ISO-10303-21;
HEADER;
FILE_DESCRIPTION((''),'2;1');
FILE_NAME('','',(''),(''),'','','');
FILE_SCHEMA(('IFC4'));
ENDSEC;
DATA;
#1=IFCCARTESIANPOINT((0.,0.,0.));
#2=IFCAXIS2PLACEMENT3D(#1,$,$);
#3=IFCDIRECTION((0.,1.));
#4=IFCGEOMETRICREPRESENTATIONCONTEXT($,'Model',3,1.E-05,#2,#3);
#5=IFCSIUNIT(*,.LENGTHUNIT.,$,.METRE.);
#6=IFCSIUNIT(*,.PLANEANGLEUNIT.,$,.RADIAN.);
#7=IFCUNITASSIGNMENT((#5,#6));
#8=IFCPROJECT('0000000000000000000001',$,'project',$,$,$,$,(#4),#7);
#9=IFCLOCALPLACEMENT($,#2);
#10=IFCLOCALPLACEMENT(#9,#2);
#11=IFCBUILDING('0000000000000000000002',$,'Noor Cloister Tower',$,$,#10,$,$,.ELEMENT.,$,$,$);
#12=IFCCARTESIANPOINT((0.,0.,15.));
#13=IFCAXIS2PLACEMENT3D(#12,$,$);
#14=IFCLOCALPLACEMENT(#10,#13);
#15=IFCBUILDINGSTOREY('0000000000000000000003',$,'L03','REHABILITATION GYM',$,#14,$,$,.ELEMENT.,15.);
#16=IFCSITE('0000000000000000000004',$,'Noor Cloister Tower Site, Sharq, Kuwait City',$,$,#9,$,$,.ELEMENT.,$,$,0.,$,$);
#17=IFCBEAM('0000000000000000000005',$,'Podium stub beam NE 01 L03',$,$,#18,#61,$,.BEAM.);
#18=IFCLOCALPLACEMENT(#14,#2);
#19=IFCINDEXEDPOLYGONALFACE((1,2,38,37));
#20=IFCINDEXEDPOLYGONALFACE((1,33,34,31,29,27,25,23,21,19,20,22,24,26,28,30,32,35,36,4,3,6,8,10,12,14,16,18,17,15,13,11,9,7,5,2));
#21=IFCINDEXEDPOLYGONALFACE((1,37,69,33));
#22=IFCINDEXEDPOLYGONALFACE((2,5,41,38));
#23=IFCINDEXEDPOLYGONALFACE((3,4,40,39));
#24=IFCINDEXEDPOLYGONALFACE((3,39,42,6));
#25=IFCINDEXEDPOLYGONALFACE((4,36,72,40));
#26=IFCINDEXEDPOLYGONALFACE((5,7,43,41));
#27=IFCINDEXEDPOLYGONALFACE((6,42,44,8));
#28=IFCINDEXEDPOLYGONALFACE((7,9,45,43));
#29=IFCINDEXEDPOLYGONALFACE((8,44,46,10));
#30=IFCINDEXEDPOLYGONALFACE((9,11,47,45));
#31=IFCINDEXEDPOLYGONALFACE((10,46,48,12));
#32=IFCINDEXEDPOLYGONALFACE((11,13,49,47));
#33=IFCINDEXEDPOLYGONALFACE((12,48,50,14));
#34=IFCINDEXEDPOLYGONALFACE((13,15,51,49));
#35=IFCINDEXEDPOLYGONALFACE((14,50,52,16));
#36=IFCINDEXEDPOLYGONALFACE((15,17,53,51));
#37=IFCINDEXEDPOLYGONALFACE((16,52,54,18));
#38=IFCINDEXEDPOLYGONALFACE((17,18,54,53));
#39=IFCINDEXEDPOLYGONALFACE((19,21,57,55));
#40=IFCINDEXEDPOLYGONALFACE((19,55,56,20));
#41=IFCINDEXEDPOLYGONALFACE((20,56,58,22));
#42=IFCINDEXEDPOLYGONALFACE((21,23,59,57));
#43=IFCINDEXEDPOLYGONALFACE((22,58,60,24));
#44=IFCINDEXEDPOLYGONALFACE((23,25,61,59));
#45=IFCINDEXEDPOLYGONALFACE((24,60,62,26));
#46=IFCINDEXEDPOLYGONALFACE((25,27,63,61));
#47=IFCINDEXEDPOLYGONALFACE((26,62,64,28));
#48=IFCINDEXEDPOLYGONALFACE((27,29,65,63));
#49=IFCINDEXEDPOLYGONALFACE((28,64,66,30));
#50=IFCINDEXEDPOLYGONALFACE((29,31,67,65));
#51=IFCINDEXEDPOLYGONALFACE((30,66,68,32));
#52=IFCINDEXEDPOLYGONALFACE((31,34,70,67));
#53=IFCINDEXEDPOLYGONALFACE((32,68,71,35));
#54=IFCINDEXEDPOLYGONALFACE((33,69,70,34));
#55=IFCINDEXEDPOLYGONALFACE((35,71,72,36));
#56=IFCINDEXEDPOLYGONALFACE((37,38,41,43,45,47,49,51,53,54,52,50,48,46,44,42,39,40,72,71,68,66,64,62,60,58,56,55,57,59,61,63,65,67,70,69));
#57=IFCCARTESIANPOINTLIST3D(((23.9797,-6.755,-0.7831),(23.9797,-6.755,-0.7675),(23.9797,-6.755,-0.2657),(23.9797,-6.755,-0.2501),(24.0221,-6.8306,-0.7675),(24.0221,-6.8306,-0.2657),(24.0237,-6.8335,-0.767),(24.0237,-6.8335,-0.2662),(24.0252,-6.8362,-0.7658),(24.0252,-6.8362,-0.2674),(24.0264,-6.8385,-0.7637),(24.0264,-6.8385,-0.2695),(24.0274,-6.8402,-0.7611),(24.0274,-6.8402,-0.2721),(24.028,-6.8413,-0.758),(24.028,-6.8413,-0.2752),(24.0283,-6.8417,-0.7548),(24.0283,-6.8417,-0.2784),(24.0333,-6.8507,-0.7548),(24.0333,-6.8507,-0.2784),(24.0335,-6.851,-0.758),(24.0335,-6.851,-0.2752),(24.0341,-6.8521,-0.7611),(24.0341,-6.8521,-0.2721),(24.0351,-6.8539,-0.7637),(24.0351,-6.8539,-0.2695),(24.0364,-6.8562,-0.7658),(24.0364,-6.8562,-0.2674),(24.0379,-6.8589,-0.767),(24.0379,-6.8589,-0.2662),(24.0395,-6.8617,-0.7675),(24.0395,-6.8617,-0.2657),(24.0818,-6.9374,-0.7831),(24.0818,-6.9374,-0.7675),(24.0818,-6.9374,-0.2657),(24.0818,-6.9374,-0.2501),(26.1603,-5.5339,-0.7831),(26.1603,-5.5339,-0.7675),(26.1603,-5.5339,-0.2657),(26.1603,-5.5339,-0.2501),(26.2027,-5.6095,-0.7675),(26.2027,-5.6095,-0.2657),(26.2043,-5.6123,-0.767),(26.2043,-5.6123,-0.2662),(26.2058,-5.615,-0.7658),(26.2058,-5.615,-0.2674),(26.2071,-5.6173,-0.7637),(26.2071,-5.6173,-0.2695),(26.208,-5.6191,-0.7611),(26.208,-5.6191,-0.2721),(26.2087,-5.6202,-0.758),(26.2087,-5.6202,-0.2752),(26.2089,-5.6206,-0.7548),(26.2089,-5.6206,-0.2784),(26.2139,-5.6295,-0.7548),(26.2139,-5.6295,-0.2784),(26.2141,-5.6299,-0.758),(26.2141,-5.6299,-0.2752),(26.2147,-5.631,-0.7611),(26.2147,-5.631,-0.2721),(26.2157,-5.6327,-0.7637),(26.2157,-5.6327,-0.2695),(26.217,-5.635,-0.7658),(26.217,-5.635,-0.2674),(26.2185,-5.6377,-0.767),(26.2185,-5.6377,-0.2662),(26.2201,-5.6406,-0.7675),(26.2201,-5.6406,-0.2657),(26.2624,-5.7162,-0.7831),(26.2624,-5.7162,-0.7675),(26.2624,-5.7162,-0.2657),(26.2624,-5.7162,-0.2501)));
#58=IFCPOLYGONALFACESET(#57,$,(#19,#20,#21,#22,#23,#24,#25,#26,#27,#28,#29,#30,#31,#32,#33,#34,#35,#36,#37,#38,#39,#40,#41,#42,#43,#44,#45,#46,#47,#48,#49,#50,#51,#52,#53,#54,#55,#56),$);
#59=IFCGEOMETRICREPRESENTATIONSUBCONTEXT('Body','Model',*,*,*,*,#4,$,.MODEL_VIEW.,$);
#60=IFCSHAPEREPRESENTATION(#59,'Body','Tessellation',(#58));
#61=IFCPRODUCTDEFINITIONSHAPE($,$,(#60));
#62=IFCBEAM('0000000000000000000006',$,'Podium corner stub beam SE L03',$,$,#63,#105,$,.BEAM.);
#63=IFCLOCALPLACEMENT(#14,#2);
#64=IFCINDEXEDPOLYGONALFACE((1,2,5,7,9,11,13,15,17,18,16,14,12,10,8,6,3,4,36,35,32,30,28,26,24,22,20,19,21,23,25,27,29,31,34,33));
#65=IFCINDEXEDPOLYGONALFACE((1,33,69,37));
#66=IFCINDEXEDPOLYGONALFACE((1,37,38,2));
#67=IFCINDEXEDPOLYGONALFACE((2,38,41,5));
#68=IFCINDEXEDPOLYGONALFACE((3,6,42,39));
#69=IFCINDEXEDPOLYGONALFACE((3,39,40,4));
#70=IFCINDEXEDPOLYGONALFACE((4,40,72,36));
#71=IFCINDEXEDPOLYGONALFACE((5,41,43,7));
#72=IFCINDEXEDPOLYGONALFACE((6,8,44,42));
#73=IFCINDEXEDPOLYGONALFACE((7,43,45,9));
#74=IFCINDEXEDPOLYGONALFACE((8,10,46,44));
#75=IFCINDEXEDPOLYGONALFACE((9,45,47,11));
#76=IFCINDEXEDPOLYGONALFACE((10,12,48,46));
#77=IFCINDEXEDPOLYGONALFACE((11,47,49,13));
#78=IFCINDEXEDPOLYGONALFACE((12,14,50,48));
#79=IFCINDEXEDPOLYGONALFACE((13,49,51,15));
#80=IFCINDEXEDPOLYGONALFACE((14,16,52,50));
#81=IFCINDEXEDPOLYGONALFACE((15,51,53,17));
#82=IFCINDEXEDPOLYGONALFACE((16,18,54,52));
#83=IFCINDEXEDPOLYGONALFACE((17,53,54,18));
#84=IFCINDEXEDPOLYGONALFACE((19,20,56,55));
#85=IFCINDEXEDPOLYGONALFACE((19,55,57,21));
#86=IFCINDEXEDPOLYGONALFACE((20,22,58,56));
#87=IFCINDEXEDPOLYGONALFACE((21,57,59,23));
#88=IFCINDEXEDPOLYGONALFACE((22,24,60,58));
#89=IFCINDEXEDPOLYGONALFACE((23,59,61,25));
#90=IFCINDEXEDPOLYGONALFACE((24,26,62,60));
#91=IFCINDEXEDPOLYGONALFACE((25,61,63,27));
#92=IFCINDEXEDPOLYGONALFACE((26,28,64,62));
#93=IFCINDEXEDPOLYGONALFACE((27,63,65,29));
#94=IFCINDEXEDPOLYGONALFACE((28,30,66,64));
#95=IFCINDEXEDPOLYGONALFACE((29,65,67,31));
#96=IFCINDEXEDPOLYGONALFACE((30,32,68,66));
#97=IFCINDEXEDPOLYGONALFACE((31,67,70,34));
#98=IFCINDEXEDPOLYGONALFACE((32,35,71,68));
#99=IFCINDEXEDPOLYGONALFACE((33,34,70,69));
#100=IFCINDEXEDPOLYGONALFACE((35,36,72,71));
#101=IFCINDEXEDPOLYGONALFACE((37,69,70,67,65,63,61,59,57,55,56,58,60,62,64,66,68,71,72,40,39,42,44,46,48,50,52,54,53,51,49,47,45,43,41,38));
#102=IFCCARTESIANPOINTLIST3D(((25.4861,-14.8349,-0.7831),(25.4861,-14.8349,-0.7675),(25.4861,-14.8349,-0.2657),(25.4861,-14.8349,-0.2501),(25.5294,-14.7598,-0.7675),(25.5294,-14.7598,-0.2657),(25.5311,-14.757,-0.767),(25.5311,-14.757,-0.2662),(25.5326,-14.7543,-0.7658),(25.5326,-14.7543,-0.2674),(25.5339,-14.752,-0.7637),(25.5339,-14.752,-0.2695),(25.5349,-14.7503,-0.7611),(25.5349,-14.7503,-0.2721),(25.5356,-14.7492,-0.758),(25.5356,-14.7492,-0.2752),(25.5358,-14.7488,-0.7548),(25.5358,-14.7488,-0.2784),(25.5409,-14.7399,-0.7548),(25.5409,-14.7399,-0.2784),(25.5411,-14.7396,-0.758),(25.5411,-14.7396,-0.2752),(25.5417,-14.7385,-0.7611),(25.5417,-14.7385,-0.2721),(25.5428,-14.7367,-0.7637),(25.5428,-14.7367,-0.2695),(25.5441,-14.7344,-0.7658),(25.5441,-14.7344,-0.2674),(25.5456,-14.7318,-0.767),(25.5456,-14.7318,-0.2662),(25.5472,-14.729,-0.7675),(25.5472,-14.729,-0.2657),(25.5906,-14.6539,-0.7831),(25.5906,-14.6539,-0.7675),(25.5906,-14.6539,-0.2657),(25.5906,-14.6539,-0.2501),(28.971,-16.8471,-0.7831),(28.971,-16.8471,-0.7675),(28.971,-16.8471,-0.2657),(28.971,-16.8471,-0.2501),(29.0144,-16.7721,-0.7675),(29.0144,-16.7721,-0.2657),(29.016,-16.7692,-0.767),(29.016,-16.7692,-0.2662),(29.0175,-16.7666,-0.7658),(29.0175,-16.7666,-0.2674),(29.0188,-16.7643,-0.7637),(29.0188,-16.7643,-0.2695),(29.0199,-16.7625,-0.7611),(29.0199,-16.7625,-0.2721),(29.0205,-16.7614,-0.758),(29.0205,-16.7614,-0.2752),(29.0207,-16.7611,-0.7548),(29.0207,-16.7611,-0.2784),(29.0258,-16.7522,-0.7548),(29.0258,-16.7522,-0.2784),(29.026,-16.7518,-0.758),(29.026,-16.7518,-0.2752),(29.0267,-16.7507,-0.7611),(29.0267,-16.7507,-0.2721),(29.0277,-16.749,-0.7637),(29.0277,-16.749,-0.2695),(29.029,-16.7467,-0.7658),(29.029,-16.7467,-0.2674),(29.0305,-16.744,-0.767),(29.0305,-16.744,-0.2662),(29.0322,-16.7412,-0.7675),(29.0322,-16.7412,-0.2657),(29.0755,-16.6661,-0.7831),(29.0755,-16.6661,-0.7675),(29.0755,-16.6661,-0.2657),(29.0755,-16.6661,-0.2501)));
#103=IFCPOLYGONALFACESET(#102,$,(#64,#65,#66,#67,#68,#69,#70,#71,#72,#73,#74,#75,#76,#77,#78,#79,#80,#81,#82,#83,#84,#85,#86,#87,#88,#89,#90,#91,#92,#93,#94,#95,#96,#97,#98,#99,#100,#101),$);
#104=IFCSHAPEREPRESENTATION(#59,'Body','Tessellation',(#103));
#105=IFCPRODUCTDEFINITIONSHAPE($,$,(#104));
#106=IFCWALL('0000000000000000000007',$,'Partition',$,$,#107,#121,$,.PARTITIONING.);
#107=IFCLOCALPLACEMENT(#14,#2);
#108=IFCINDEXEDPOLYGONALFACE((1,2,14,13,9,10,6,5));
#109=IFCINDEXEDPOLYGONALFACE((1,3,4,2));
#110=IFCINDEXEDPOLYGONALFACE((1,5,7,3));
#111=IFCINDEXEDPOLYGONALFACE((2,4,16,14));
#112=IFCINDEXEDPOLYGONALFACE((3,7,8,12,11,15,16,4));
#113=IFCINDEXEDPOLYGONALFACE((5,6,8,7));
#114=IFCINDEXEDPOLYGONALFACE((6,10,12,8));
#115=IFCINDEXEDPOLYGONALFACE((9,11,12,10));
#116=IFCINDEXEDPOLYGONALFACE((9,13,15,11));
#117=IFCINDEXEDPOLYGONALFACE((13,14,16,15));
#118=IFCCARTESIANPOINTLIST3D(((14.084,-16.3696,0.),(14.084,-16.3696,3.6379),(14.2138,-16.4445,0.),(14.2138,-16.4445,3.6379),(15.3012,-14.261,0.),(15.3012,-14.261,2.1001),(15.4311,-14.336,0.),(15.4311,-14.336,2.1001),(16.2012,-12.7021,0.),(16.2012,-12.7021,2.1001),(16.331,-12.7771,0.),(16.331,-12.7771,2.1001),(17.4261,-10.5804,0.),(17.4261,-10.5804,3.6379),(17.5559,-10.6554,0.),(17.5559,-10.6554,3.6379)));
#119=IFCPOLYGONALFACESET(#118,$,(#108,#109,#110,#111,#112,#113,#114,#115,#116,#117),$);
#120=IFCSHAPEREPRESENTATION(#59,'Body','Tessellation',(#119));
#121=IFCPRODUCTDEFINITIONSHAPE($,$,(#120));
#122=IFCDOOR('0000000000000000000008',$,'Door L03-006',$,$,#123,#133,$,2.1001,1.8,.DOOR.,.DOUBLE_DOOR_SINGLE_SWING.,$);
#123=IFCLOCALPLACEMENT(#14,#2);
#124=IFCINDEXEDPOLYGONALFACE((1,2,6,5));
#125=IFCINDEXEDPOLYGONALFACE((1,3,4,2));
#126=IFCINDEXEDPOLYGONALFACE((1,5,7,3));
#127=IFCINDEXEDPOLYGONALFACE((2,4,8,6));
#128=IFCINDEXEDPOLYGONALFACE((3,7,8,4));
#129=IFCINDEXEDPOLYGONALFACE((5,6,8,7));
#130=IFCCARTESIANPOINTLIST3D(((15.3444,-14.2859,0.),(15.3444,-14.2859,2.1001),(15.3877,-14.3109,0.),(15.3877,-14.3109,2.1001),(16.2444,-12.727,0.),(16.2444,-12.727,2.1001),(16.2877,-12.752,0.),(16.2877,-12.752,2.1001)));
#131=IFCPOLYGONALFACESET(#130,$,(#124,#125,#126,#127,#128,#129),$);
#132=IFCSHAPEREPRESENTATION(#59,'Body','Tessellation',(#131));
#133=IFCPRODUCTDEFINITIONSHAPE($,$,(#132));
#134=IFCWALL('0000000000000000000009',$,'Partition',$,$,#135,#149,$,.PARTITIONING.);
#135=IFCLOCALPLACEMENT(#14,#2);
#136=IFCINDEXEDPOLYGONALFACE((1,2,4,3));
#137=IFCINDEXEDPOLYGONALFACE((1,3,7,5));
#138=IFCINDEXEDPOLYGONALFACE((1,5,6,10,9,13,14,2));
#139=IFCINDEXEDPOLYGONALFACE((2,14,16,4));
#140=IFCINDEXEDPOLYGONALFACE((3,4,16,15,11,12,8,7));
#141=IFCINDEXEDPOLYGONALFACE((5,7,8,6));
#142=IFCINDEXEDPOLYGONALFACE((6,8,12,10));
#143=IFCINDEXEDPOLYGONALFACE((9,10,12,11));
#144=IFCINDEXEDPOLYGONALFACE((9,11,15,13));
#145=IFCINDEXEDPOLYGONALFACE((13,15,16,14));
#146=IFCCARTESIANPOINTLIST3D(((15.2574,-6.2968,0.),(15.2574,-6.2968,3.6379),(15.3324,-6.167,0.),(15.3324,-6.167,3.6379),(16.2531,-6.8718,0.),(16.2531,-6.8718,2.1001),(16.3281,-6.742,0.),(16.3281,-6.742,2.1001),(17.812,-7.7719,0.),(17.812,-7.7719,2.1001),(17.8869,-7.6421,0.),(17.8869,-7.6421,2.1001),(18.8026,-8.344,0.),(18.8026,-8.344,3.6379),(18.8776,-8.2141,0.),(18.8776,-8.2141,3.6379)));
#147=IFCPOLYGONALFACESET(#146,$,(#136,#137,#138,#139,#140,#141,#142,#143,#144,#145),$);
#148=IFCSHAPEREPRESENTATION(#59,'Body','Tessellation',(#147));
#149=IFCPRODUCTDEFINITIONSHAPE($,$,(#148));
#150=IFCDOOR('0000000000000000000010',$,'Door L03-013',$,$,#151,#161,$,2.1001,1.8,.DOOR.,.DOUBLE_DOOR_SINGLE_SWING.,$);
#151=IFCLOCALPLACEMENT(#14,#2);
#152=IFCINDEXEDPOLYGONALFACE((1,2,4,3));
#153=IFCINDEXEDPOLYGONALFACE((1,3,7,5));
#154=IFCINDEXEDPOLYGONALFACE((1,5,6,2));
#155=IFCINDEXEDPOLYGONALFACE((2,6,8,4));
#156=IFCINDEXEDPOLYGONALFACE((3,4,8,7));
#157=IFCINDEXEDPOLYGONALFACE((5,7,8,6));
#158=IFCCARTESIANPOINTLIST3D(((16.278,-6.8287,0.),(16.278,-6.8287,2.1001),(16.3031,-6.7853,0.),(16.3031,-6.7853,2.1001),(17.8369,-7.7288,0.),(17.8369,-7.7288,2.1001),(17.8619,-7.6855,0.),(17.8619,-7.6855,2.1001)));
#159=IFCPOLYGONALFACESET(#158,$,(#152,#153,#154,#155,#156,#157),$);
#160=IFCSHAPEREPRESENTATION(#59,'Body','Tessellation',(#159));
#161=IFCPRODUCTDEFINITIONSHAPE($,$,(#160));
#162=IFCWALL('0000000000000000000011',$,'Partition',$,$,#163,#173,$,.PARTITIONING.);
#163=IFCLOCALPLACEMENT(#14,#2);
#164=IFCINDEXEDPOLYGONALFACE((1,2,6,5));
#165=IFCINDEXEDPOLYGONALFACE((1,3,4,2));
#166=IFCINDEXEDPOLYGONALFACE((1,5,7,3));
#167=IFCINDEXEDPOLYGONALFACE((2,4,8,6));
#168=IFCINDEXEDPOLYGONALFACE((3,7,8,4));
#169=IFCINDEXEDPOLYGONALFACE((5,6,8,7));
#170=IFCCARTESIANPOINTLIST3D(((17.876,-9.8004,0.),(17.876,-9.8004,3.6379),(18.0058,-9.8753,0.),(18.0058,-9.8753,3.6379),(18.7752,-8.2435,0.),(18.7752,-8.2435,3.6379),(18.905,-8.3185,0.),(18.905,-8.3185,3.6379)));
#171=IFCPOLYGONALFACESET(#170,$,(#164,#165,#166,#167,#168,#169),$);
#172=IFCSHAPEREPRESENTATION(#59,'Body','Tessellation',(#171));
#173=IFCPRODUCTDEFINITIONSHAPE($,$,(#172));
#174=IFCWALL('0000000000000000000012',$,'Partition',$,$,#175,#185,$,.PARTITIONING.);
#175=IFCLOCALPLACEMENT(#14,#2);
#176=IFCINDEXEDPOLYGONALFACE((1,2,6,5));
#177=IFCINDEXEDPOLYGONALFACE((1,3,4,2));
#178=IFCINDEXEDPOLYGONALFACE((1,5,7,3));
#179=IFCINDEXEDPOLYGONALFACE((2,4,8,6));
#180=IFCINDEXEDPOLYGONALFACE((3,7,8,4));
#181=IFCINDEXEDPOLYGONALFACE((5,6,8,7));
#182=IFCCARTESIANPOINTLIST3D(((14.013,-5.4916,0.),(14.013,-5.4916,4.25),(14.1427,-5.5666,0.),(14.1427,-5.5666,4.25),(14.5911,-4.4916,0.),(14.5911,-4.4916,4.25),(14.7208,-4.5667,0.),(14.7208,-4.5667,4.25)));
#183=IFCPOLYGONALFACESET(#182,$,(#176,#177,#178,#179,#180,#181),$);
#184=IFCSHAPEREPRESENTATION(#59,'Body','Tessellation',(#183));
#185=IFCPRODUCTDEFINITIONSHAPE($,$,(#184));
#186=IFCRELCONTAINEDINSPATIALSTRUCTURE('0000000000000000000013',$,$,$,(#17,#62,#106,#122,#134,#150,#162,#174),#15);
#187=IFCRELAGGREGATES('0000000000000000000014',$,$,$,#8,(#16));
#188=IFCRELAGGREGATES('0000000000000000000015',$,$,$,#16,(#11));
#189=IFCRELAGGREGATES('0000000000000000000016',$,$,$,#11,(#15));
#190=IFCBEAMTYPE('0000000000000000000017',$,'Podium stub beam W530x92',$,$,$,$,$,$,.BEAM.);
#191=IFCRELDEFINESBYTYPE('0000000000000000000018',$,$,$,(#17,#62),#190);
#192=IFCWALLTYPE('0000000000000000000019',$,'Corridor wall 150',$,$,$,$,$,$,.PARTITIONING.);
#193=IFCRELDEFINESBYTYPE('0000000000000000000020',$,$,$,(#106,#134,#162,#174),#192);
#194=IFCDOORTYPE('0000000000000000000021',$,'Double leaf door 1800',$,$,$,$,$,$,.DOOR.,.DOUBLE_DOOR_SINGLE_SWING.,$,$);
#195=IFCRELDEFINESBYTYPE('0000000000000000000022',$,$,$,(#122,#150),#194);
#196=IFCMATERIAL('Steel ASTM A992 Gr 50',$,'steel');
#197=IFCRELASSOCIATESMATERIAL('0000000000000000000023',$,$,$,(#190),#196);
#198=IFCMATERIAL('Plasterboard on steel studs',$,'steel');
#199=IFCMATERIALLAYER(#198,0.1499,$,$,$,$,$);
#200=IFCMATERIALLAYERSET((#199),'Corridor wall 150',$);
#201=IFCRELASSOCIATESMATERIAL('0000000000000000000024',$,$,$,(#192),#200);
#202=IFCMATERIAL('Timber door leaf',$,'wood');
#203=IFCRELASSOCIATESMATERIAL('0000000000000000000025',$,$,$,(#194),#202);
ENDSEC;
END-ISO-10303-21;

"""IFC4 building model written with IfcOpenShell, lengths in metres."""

from ifc_helpers import new_model, si_unit, direction, frame, frame_2d, origin, origin_2d, place, context, subcontext, project, spatial, rectangle, i_section, extrude, material, layer, layer_set, material_profile, profile_set, type_object, element, fill, save


model = new_model("IFC4")

# Units and contexts
model_context = context("Model", 3, precision=1e-05, world=origin(), true_north=direction((0.0, 1.0)))
body_context = subcontext(model_context, "Body", "Model", "MODEL_VIEW")
ifc_project = project(units=[si_unit("LENGTHUNIT", "METRE"), si_unit("PLANEANGLEUNIT", "RADIAN")], contexts=[model_context])

# Site, building, storey
site_placement = place(None, origin())
site = spatial("IfcSite", under=ifc_project, at=site_placement, Name="Noor Cloister Tower Site, Sharq, Kuwait City", CompositionType="ELEMENT", RefElevation=0.0)
building_placement = place(site_placement, origin())
building = spatial("IfcBuilding", under=site, at=building_placement, Name="Noor Cloister Tower", CompositionType="ELEMENT")
storey_placement = place(building_placement, frame((0.0, 0.0, 15.0)))
storey = spatial("IfcBuildingStorey", under=building, at=storey_placement, Name="L03", Description="REHABILITATION GYM", CompositionType="ELEMENT", Elevation=15.0)

# Beams
ifc_material_1 = material(Name="Steel ASTM A992 Gr 50", Category="steel")
ifc_material_profile_1 = material_profile(ifc_material_1, i_section(OverallWidth=0.209, OverallDepth=0.533, WebThickness=0.0103, FlangeThickness=0.0156, FilletRadius=0.0127, at=origin_2d()), Name="W530x92")
ifc_profile_set_1 = profile_set([ifc_material_profile_1], Name="Steel ASTM A992 Gr 50")
beam_type_1 = type_object("IfcBeamType", Name="Podium stub beam W530x92", PredefinedType="BEAM", material=ifc_profile_set_1)
beam_1_placement = place(storey_placement, frame((24.0308, -6.8462, -0.5166), z_axis=(0.872503, 0.488609, 0.0), x_axis=(-0.488609, 0.872503, 0.0)))
element("IfcBeam", 1, at=beam_1_placement, inside=storey, type_object=beam_type_1, Name="Podium stub beam NE 01 L03", PredefinedType="BEAM", context=body_context, shape_type="SweptSolid", body=[
    extrude(i_section(OverallWidth=0.209, OverallDepth=0.533, WebThickness=0.0103, FlangeThickness=0.0156, FilletRadius=0.0127, at=origin_2d()), origin(), (0.0, 0.0, 1.0), 2.4993),
])
beam_2_placement = place(storey_placement, frame((25.5383, -14.7444, -0.5166), z_axis=(0.866002, -0.500041, 0.0), x_axis=(0.500041, 0.866002, 0.0)))
element("IfcBeam", 2, at=beam_2_placement, inside=storey, type_object=beam_type_1, Name="Podium corner stub beam SE L03", PredefinedType="BEAM", context=body_context, shape_type="SweptSolid", body=[
    extrude(i_section(OverallWidth=0.209, OverallDepth=0.533, WebThickness=0.0103, FlangeThickness=0.0156, FilletRadius=0.0127, at=origin_2d()), origin(), (0.0, 0.0, 1.0), 4.0242),
])

# Walls, openings, doors
ifc_material_2 = material(Name="Plasterboard on steel studs", Category="steel")
ifc_layer_1 = layer(ifc_material_2, 0.1499)
ifc_layer_set_1 = layer_set([ifc_layer_1], Name="Corridor wall 150")
wall_type_1 = type_object("IfcWallType", Name="Corridor wall 150", PredefinedType="PARTITIONING", material=ifc_layer_set_1)
wall_1_placement = place(storey_placement, frame((17.491, -10.6179, 0.0), z_axis=(0.0, 0.0, 1.0), x_axis=(-0.499969, -0.866043, 0.0)))
wall_1 = element("IfcWall", 3, at=wall_1_placement, inside=storey, type_object=wall_type_1, Name="Partition", PredefinedType="PARTITIONING", context=body_context, shape_type="SweptSolid", body=[
    extrude(rectangle(XDim=6.6846, YDim=0.1499, at=frame_2d((3.3423, 0.0))), origin(), (0.0, 0.0, 1.0), 3.6379),
])
opening_1_placement = place(wall_1_placement, frame((2.45, 0.0, 0.0)))
opening_1 = element("IfcOpeningElement", 4, at=opening_1_placement, cuts=wall_1, PredefinedType="OPENING", context=body_context, shape_type="SweptSolid", body=[
    extrude(rectangle(XDim=1.8, YDim=2.1001, at=frame_2d((0.8999, 1.05))), frame((0.0, 0.085, 0.0), z_axis=(0.0, -1.0, 0.0), x_axis=(1.0, 0.0, 0.0)), (0.0, 0.0, 1.0), 0.1699),
])
ifc_material_3 = material(Name="Timber door leaf", Category="wood")
door_type_1 = type_object("IfcDoorType", Name="Double leaf door 1800", OperationType="DOUBLE_DOOR_SINGLE_SWING", PredefinedType="DOOR", material=ifc_material_3)
door_1_placement = place(opening_1_placement, origin())
door_1 = element("IfcDoor", 5, at=door_1_placement, inside=storey, type_object=door_type_1, Name="Door L03-006", OperationType="DOUBLE_DOOR_SINGLE_SWING", OverallHeight=2.1001, OverallWidth=1.8, PredefinedType="DOOR", context=body_context, shape_type="SweptSolid", body=[
    extrude(rectangle(XDim=1.8, YDim=2.1001, at=frame_2d((0.8999, 1.05))), frame((0.0, 0.0249, 0.0), z_axis=(0.0, -1.0, 0.0), x_axis=(1.0, 0.0, 0.0)), (0.0, 0.0, 1.0), 0.05),
])
fill(opening_1, door_1)
wall_2_placement = place(storey_placement, frame((15.2949, -6.2319, 0.0), z_axis=(0.0, 0.0, 1.0), x_axis=(0.865992, -0.500058, 0.0)))
wall_2 = element("IfcWall", 6, at=wall_2_placement, inside=storey, type_object=wall_type_1, Name="Partition", PredefinedType="PARTITIONING", context=body_context, shape_type="SweptSolid", body=[
    extrude(rectangle(XDim=4.0938, YDim=0.1499, at=frame_2d((2.0469, 0.0))), origin(), (0.0, 0.0, 1.0), 3.6379),
])
opening_2_placement = place(wall_2_placement, frame((1.1499, 0.0, 0.0)))
opening_2 = element("IfcOpeningElement", 7, at=opening_2_placement, cuts=wall_2, PredefinedType="OPENING", context=body_context, shape_type="SweptSolid", body=[
    extrude(rectangle(XDim=1.8, YDim=2.1001, at=frame_2d((0.8999, 1.05))), frame((0.0, 0.085, 0.0), z_axis=(0.0, -1.0, 0.0), x_axis=(1.0, 0.0, 0.0)), (0.0, 0.0, 1.0), 0.1699),
])
door_2_placement = place(opening_2_placement, origin())
door_2 = element("IfcDoor", 8, at=door_2_placement, inside=storey, type_object=door_type_1, Name="Door L03-013", OperationType="DOUBLE_DOOR_SINGLE_SWING", OverallHeight=2.1001, OverallWidth=1.8, PredefinedType="DOOR", context=body_context, shape_type="SweptSolid", body=[
    extrude(rectangle(XDim=1.8, YDim=2.1001, at=frame_2d((0.8999, 1.05))), frame((0.0, 0.0249, 0.0), z_axis=(0.0, -1.0, 0.0), x_axis=(1.0, 0.0, 0.0)), (0.0, 0.0, 1.0), 0.05),
])
fill(opening_2, door_2)

# Walls
wall_3_placement = place(storey_placement, frame((18.8401, -8.281, 0.0), z_axis=(0.0, 0.0, 1.0), x_axis=(-0.500126, -0.865953, 0.0)))
element("IfcWall", 9, at=wall_3_placement, inside=storey, type_object=wall_type_1, Name="Partition", PredefinedType="PARTITIONING", context=body_context, shape_type="SweptSolid", body=[
    extrude(rectangle(XDim=1.7979, YDim=0.1499, at=frame_2d((0.8989, 0.0))), origin(), (0.0, 0.0, 1.0), 3.6379),
])
wall_4_placement = place(storey_placement, frame((14.656, -4.5291, 0.0), z_axis=(0.0, 0.0, 1.0), x_axis=(-0.500503, -0.865735, 0.0)))
element("IfcWall", 10, at=wall_4_placement, inside=storey, type_object=wall_type_1, Name="Partition", PredefinedType="PARTITIONING", context=body_context, shape_type="SweptSolid", body=[
    extrude(rectangle(XDim=1.155, YDim=0.1499, at=frame_2d((0.5776, 0.0))), origin(), (0.0, 0.0, 1.0), 4.25),
])

save(model, "model.ifc")
